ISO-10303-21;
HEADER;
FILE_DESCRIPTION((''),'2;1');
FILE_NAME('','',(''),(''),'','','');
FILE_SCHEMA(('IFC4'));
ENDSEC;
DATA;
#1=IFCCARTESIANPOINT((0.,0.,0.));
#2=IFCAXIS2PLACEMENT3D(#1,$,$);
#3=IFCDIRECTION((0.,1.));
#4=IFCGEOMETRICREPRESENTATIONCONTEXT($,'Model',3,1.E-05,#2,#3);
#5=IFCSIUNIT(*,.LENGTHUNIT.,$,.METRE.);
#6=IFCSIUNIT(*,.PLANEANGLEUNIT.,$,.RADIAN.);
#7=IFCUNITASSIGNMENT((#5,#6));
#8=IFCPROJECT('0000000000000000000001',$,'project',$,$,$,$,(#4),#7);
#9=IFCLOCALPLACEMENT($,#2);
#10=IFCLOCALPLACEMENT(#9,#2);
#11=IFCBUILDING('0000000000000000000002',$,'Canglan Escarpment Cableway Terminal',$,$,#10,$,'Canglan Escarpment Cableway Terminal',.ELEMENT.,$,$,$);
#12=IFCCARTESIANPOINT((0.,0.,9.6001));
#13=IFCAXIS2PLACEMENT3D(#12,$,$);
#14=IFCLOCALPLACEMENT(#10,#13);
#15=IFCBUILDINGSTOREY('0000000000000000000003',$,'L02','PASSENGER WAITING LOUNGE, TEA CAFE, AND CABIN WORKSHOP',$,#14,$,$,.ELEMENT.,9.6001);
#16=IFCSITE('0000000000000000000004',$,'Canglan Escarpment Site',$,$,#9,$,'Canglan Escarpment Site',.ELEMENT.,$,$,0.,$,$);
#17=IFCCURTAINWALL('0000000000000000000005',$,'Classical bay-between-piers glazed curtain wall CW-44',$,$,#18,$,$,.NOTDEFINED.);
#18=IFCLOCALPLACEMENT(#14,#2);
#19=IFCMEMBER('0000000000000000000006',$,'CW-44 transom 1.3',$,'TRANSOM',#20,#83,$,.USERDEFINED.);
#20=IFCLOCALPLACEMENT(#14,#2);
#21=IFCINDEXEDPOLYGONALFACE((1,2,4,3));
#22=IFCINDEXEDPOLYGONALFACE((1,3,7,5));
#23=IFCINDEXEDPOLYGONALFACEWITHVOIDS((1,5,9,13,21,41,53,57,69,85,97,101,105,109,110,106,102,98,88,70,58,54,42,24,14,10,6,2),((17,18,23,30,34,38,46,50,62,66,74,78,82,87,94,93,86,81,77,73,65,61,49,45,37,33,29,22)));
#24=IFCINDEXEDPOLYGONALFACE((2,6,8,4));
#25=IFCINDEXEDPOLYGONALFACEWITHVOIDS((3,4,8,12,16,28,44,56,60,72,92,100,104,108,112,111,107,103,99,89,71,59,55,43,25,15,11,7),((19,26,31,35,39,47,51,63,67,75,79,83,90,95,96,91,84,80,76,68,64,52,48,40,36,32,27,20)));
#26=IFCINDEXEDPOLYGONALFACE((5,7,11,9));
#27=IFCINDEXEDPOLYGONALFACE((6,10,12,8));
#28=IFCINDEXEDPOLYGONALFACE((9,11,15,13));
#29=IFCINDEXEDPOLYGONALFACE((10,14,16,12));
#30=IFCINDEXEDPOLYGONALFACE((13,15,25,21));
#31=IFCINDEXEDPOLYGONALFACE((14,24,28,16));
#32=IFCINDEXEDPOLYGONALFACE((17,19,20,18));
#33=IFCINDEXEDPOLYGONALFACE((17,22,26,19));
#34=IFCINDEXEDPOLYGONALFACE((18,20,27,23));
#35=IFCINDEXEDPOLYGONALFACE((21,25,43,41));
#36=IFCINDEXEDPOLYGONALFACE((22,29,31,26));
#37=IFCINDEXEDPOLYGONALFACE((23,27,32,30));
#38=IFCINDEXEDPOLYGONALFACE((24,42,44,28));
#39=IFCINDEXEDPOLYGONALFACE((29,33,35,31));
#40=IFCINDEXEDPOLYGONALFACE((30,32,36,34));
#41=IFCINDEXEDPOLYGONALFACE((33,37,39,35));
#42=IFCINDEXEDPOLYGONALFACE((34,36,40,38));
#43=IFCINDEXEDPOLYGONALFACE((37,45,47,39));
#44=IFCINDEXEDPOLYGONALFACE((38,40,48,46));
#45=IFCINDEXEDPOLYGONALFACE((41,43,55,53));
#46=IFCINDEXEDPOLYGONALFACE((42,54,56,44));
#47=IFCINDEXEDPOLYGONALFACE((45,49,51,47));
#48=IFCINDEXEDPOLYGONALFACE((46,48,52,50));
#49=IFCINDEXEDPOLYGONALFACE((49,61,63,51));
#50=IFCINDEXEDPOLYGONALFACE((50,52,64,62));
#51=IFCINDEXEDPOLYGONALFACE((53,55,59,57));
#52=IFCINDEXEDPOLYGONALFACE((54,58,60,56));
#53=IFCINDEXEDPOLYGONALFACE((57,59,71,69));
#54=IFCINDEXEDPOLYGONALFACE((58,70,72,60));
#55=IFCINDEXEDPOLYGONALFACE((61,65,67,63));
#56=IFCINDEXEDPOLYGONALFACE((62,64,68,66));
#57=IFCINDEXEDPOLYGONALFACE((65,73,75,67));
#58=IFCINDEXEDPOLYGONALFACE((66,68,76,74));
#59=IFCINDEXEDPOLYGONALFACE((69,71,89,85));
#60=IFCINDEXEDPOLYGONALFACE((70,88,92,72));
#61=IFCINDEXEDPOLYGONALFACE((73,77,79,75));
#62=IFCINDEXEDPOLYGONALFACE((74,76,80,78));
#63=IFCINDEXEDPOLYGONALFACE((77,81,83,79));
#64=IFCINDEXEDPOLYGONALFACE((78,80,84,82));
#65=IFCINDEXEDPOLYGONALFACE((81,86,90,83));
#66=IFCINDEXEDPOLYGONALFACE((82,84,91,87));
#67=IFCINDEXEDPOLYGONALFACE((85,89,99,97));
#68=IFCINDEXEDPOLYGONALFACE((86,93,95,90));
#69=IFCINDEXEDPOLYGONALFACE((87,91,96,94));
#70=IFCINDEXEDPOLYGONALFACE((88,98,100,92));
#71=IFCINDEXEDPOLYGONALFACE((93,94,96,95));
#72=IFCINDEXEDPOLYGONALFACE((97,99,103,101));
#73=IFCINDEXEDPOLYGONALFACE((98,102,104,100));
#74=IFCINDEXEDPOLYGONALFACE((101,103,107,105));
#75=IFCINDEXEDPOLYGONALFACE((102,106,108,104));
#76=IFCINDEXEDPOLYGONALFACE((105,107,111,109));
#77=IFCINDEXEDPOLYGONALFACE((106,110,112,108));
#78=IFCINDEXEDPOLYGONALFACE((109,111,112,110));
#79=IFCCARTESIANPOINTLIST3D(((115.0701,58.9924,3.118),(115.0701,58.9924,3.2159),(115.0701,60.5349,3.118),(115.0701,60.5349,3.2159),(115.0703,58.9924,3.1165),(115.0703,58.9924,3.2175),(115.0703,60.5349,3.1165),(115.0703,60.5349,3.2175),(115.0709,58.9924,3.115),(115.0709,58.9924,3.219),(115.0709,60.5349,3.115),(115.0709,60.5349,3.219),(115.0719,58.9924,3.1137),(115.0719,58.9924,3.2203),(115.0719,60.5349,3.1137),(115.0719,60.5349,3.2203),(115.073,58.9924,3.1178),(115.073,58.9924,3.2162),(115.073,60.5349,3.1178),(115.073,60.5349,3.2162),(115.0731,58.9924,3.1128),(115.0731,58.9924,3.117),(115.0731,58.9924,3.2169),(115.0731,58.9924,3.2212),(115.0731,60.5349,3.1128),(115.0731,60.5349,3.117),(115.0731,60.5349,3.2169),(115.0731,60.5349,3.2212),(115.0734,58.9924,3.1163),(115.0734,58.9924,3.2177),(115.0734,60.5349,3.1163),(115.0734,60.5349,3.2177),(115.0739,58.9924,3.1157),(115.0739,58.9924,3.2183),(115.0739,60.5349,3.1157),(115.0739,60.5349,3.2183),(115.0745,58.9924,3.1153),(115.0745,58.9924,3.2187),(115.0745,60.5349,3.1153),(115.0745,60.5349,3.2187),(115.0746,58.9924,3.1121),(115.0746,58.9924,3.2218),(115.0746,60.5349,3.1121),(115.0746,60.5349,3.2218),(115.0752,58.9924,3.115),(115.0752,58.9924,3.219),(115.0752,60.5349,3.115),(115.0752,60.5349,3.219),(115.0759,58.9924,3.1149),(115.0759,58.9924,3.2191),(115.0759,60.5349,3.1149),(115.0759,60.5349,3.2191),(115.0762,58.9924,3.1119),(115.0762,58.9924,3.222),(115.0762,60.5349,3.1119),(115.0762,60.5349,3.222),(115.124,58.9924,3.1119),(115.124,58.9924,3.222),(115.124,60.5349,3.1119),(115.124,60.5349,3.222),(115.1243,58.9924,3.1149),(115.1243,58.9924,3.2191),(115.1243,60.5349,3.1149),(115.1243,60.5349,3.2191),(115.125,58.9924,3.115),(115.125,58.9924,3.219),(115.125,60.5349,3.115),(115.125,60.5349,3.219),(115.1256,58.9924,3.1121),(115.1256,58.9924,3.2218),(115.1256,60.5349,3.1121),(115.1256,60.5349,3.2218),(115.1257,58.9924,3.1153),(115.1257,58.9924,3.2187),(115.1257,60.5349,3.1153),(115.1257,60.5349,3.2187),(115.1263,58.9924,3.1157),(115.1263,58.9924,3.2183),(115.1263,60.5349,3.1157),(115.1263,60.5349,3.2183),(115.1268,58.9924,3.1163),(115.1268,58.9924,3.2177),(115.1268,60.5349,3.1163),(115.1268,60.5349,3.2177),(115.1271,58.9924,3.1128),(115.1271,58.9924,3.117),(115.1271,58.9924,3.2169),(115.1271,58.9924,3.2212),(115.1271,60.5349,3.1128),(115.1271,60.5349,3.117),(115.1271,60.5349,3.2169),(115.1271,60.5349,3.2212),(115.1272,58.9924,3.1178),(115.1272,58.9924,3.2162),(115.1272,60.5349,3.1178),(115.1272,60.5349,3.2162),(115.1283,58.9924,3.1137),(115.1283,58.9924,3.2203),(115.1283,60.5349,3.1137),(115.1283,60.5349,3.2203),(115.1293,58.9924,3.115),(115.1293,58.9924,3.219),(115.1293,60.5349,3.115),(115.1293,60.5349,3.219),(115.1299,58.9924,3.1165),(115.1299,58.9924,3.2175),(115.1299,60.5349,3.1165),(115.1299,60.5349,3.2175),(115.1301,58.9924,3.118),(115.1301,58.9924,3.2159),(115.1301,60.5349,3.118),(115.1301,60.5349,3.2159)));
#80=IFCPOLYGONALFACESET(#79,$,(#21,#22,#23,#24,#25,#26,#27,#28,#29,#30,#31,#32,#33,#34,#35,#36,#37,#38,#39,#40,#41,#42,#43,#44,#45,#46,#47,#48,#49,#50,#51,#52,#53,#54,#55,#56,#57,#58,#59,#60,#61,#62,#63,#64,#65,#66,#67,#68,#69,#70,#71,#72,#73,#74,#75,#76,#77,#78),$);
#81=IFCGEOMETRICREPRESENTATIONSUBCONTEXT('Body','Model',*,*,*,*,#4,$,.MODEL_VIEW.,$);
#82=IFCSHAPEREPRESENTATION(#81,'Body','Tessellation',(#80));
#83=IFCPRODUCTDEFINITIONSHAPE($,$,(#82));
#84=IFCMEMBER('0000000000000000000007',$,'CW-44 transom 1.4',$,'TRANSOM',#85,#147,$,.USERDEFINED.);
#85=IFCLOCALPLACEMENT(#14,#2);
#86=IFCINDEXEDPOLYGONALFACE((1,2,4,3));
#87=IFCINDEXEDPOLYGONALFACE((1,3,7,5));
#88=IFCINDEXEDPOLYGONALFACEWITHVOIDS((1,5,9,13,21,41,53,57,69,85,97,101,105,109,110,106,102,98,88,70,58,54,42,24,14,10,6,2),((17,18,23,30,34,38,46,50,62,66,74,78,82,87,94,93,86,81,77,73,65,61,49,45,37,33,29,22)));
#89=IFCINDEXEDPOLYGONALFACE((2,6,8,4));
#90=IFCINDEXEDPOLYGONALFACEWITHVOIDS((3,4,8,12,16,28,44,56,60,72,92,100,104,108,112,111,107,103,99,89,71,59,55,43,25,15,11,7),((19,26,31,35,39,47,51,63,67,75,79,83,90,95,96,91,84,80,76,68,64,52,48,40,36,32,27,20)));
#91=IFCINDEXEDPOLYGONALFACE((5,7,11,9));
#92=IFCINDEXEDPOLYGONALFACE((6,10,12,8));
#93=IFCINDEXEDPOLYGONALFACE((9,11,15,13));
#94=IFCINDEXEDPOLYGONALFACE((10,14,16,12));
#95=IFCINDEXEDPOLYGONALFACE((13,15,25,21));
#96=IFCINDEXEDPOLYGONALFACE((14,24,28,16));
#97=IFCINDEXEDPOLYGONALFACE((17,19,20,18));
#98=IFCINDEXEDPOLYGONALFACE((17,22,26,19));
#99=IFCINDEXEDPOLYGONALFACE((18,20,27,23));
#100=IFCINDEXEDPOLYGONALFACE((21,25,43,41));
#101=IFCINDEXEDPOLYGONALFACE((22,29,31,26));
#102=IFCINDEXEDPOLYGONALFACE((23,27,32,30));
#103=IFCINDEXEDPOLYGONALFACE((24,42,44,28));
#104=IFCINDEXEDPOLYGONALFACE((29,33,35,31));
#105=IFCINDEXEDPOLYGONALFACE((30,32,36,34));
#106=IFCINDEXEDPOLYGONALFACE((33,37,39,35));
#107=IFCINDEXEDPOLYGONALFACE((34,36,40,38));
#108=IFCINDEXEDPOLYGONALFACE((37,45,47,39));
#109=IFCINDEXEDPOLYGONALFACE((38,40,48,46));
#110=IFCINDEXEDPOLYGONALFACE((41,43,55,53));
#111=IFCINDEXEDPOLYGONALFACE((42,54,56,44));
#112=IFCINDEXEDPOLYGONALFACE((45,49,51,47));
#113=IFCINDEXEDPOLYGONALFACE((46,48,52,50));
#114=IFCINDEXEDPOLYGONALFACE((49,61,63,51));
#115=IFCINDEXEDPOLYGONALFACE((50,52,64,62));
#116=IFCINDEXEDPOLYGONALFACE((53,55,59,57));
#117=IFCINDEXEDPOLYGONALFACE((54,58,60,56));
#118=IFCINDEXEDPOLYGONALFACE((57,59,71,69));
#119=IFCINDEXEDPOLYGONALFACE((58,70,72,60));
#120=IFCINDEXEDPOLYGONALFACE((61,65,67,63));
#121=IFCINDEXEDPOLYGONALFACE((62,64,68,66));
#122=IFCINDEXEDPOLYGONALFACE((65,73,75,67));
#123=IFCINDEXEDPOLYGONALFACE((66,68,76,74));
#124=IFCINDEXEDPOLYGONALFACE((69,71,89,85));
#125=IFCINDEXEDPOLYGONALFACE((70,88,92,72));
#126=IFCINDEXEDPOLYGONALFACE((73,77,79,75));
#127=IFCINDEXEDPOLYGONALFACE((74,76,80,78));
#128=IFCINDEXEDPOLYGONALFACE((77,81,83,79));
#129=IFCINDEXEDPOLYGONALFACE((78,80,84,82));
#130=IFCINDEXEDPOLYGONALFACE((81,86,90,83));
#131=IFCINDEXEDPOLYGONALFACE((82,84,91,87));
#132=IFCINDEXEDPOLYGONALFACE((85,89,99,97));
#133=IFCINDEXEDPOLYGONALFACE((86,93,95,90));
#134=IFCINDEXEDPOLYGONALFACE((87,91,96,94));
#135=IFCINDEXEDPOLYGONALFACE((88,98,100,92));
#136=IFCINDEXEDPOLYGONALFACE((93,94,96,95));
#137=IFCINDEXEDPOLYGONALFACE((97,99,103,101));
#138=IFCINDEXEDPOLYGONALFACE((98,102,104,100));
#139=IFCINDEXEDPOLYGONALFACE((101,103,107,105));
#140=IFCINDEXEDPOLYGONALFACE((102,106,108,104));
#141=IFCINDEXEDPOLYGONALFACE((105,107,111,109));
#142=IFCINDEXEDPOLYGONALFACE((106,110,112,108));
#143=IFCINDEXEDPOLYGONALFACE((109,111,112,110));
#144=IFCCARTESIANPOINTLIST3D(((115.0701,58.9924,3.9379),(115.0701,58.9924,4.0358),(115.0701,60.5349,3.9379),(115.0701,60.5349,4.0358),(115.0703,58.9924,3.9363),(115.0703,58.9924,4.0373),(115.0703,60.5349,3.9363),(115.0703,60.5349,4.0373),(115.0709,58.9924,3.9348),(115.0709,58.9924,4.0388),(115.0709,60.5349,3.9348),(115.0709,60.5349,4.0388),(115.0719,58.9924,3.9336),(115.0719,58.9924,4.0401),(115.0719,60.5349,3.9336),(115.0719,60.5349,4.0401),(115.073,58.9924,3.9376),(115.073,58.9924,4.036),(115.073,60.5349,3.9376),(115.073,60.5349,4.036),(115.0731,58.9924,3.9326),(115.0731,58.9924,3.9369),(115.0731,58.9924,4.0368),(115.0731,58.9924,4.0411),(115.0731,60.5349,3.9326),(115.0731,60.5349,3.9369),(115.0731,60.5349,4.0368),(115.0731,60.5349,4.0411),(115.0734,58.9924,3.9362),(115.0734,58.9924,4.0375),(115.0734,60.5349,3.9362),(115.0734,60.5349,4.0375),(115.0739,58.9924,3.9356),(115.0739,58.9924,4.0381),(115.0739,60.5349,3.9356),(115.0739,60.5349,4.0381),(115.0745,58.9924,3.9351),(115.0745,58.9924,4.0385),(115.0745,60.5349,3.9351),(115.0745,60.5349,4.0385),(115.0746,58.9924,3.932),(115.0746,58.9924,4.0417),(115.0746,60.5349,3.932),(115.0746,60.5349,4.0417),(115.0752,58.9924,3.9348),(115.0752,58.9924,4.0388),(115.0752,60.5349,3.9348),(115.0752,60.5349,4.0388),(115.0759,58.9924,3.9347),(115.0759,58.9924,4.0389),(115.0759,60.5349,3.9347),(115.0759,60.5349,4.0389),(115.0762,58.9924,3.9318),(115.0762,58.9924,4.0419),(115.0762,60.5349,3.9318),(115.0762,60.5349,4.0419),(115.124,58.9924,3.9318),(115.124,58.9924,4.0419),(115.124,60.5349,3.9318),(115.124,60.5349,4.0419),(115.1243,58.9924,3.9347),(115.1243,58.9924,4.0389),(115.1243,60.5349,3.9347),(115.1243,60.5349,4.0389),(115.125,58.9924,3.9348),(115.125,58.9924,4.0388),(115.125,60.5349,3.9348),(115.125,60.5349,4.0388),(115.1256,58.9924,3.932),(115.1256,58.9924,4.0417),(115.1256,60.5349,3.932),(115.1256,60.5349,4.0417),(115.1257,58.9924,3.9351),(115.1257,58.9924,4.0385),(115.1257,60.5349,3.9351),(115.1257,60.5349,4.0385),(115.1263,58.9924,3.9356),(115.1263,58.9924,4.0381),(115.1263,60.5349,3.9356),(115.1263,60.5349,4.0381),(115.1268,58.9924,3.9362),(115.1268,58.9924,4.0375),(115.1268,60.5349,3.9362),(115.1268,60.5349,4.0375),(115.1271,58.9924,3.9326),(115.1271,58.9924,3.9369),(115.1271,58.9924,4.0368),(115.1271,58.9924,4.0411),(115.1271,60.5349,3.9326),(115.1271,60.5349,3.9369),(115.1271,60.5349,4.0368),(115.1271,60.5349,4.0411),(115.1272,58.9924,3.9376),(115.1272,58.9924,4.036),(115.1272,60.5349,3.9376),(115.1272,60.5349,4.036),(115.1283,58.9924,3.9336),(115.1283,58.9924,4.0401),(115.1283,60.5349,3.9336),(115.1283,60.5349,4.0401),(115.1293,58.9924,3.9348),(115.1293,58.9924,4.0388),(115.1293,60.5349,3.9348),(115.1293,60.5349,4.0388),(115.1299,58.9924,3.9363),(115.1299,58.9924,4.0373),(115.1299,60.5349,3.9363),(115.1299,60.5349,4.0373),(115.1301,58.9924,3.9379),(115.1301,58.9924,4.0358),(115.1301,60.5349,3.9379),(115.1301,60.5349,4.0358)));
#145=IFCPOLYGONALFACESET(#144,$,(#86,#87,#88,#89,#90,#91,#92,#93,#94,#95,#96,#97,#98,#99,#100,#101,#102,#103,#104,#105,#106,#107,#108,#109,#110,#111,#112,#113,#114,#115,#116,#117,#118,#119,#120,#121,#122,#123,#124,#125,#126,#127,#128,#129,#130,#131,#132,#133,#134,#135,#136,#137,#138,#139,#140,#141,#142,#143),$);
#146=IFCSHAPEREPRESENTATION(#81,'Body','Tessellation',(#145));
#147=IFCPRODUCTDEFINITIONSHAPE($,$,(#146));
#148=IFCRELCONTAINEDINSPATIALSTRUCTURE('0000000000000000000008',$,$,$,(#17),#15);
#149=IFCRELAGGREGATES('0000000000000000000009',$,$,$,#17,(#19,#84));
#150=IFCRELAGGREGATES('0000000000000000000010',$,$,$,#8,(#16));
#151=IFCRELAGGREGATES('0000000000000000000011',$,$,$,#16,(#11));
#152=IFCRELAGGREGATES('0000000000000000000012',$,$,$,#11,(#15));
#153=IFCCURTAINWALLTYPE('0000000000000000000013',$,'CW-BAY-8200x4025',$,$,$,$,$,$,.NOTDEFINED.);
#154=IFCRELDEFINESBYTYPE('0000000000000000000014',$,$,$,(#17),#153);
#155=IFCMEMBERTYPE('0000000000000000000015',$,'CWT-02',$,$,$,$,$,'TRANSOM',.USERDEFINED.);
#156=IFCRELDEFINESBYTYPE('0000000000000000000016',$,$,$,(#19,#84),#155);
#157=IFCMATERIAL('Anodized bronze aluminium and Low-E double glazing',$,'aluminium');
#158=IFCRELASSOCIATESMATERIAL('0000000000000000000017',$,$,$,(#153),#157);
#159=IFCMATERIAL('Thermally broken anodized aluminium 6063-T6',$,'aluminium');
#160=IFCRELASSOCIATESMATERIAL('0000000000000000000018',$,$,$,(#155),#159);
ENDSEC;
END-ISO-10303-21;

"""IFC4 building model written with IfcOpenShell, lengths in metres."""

from ifc_helpers import new_model, si_unit, direction, frame, origin, origin_2d, place, context, subcontext, project, spatial, hollow_rectangle, extrude, material, material_profile, profile_set, type_object, element, aggregate, save


model = new_model("IFC4")

# Units and contexts
model_context = context("Model", 3, precision=1e-05, world=origin(), true_north=direction((0.0, 1.0)))
body_context = subcontext(model_context, "Body", "Model", "MODEL_VIEW")
ifc_project = project(units=[si_unit("LENGTHUNIT", "METRE"), si_unit("PLANEANGLEUNIT", "RADIAN")], contexts=[model_context])

# Site, building, storey
site_placement = place(None, origin())
site = spatial("IfcSite", under=ifc_project, at=site_placement, Name="Canglan Escarpment Site", LongName="Canglan Escarpment Site", CompositionType="ELEMENT", RefElevation=0.0)
building_placement = place(site_placement, origin())
building = spatial("IfcBuilding", under=site, at=building_placement, Name="Canglan Escarpment Cableway Terminal", LongName="Canglan Escarpment Cableway Terminal", CompositionType="ELEMENT")
storey_placement = place(building_placement, frame((0.0, 0.0, 9.6001)))
storey = spatial("IfcBuildingStorey", under=building, at=storey_placement, Name="L02", Description="PASSENGER WAITING LOUNGE, TEA CAFE, AND CABIN WORKSHOP", CompositionType="ELEMENT", Elevation=9.6001)

# Curtain wall
ifc_material_1 = material(Name="Anodized bronze aluminium and Low-E double glazing", Category="aluminium")
curtain_wall_type = type_object("IfcCurtainWallType", Name="CW-BAY-8200x4025", PredefinedType="NOTDEFINED", material=ifc_material_1)
curtain_wall_1_placement = place(storey_placement, origin())
curtain_wall_1 = element("IfcCurtainWall", 1, at=curtain_wall_1_placement, inside=storey, type_object=curtain_wall_type, Name="Classical bay-between-piers glazed curtain wall CW-44", PredefinedType="NOTDEFINED")
ifc_material_2 = material(Name="Thermally broken anodized aluminium 6063-T6", Category="aluminium")

# Members
ifc_material_profile_1 = material_profile(ifc_material_2, hollow_rectangle(XDim=0.0601, YDim=0.1101, WallThickness=0.0029, InnerFilletRadius=0.0029, OuterFilletRadius=0.0061, at=origin_2d()), Name="ALU-TRAN 60x110x3")
ifc_profile_set_1 = profile_set([ifc_material_profile_1], Name="Thermally broken anodized aluminium 6063-T6")
member_type_1 = type_object("IfcMemberType", Name="CWT-02", ElementType="TRANSOM", PredefinedType="USERDEFINED", material=ifc_profile_set_1)
member_1_placement = place(storey_placement, frame((115.1001, 60.5349, 3.167), z_axis=(0.0, -1.0, 0.0), x_axis=(1.0, 0.0, 0.0)))
member_1 = element("IfcMember", 2, at=member_1_placement, type_object=member_type_1, Name="CW-44 transom 1.3", ObjectType="TRANSOM", PredefinedType="USERDEFINED", context=body_context, shape_type="SweptSolid", body=[
    extrude(hollow_rectangle(XDim=0.0601, YDim=0.1101, WallThickness=0.0029, InnerFilletRadius=0.0029, OuterFilletRadius=0.0061, at=origin_2d()), origin(), (0.0, 0.0, 1.0), 1.5425),
])
member_2_placement = place(storey_placement, frame((115.1001, 60.5349, 3.9868), z_axis=(0.0, -1.0, 0.0), x_axis=(1.0, 0.0, 0.0)))
member_2 = element("IfcMember", 3, at=member_2_placement, type_object=member_type_1, Name="CW-44 transom 1.4", ObjectType="TRANSOM", PredefinedType="USERDEFINED", context=body_context, shape_type="SweptSolid", body=[
    extrude(hollow_rectangle(XDim=0.0601, YDim=0.1101, WallThickness=0.0029, InnerFilletRadius=0.0029, OuterFilletRadius=0.0061, at=origin_2d()), origin(), (0.0, 0.0, 1.0), 1.5425),
])
aggregate(curtain_wall_1, [member_1, member_2])

save(model, "model.ifc")
